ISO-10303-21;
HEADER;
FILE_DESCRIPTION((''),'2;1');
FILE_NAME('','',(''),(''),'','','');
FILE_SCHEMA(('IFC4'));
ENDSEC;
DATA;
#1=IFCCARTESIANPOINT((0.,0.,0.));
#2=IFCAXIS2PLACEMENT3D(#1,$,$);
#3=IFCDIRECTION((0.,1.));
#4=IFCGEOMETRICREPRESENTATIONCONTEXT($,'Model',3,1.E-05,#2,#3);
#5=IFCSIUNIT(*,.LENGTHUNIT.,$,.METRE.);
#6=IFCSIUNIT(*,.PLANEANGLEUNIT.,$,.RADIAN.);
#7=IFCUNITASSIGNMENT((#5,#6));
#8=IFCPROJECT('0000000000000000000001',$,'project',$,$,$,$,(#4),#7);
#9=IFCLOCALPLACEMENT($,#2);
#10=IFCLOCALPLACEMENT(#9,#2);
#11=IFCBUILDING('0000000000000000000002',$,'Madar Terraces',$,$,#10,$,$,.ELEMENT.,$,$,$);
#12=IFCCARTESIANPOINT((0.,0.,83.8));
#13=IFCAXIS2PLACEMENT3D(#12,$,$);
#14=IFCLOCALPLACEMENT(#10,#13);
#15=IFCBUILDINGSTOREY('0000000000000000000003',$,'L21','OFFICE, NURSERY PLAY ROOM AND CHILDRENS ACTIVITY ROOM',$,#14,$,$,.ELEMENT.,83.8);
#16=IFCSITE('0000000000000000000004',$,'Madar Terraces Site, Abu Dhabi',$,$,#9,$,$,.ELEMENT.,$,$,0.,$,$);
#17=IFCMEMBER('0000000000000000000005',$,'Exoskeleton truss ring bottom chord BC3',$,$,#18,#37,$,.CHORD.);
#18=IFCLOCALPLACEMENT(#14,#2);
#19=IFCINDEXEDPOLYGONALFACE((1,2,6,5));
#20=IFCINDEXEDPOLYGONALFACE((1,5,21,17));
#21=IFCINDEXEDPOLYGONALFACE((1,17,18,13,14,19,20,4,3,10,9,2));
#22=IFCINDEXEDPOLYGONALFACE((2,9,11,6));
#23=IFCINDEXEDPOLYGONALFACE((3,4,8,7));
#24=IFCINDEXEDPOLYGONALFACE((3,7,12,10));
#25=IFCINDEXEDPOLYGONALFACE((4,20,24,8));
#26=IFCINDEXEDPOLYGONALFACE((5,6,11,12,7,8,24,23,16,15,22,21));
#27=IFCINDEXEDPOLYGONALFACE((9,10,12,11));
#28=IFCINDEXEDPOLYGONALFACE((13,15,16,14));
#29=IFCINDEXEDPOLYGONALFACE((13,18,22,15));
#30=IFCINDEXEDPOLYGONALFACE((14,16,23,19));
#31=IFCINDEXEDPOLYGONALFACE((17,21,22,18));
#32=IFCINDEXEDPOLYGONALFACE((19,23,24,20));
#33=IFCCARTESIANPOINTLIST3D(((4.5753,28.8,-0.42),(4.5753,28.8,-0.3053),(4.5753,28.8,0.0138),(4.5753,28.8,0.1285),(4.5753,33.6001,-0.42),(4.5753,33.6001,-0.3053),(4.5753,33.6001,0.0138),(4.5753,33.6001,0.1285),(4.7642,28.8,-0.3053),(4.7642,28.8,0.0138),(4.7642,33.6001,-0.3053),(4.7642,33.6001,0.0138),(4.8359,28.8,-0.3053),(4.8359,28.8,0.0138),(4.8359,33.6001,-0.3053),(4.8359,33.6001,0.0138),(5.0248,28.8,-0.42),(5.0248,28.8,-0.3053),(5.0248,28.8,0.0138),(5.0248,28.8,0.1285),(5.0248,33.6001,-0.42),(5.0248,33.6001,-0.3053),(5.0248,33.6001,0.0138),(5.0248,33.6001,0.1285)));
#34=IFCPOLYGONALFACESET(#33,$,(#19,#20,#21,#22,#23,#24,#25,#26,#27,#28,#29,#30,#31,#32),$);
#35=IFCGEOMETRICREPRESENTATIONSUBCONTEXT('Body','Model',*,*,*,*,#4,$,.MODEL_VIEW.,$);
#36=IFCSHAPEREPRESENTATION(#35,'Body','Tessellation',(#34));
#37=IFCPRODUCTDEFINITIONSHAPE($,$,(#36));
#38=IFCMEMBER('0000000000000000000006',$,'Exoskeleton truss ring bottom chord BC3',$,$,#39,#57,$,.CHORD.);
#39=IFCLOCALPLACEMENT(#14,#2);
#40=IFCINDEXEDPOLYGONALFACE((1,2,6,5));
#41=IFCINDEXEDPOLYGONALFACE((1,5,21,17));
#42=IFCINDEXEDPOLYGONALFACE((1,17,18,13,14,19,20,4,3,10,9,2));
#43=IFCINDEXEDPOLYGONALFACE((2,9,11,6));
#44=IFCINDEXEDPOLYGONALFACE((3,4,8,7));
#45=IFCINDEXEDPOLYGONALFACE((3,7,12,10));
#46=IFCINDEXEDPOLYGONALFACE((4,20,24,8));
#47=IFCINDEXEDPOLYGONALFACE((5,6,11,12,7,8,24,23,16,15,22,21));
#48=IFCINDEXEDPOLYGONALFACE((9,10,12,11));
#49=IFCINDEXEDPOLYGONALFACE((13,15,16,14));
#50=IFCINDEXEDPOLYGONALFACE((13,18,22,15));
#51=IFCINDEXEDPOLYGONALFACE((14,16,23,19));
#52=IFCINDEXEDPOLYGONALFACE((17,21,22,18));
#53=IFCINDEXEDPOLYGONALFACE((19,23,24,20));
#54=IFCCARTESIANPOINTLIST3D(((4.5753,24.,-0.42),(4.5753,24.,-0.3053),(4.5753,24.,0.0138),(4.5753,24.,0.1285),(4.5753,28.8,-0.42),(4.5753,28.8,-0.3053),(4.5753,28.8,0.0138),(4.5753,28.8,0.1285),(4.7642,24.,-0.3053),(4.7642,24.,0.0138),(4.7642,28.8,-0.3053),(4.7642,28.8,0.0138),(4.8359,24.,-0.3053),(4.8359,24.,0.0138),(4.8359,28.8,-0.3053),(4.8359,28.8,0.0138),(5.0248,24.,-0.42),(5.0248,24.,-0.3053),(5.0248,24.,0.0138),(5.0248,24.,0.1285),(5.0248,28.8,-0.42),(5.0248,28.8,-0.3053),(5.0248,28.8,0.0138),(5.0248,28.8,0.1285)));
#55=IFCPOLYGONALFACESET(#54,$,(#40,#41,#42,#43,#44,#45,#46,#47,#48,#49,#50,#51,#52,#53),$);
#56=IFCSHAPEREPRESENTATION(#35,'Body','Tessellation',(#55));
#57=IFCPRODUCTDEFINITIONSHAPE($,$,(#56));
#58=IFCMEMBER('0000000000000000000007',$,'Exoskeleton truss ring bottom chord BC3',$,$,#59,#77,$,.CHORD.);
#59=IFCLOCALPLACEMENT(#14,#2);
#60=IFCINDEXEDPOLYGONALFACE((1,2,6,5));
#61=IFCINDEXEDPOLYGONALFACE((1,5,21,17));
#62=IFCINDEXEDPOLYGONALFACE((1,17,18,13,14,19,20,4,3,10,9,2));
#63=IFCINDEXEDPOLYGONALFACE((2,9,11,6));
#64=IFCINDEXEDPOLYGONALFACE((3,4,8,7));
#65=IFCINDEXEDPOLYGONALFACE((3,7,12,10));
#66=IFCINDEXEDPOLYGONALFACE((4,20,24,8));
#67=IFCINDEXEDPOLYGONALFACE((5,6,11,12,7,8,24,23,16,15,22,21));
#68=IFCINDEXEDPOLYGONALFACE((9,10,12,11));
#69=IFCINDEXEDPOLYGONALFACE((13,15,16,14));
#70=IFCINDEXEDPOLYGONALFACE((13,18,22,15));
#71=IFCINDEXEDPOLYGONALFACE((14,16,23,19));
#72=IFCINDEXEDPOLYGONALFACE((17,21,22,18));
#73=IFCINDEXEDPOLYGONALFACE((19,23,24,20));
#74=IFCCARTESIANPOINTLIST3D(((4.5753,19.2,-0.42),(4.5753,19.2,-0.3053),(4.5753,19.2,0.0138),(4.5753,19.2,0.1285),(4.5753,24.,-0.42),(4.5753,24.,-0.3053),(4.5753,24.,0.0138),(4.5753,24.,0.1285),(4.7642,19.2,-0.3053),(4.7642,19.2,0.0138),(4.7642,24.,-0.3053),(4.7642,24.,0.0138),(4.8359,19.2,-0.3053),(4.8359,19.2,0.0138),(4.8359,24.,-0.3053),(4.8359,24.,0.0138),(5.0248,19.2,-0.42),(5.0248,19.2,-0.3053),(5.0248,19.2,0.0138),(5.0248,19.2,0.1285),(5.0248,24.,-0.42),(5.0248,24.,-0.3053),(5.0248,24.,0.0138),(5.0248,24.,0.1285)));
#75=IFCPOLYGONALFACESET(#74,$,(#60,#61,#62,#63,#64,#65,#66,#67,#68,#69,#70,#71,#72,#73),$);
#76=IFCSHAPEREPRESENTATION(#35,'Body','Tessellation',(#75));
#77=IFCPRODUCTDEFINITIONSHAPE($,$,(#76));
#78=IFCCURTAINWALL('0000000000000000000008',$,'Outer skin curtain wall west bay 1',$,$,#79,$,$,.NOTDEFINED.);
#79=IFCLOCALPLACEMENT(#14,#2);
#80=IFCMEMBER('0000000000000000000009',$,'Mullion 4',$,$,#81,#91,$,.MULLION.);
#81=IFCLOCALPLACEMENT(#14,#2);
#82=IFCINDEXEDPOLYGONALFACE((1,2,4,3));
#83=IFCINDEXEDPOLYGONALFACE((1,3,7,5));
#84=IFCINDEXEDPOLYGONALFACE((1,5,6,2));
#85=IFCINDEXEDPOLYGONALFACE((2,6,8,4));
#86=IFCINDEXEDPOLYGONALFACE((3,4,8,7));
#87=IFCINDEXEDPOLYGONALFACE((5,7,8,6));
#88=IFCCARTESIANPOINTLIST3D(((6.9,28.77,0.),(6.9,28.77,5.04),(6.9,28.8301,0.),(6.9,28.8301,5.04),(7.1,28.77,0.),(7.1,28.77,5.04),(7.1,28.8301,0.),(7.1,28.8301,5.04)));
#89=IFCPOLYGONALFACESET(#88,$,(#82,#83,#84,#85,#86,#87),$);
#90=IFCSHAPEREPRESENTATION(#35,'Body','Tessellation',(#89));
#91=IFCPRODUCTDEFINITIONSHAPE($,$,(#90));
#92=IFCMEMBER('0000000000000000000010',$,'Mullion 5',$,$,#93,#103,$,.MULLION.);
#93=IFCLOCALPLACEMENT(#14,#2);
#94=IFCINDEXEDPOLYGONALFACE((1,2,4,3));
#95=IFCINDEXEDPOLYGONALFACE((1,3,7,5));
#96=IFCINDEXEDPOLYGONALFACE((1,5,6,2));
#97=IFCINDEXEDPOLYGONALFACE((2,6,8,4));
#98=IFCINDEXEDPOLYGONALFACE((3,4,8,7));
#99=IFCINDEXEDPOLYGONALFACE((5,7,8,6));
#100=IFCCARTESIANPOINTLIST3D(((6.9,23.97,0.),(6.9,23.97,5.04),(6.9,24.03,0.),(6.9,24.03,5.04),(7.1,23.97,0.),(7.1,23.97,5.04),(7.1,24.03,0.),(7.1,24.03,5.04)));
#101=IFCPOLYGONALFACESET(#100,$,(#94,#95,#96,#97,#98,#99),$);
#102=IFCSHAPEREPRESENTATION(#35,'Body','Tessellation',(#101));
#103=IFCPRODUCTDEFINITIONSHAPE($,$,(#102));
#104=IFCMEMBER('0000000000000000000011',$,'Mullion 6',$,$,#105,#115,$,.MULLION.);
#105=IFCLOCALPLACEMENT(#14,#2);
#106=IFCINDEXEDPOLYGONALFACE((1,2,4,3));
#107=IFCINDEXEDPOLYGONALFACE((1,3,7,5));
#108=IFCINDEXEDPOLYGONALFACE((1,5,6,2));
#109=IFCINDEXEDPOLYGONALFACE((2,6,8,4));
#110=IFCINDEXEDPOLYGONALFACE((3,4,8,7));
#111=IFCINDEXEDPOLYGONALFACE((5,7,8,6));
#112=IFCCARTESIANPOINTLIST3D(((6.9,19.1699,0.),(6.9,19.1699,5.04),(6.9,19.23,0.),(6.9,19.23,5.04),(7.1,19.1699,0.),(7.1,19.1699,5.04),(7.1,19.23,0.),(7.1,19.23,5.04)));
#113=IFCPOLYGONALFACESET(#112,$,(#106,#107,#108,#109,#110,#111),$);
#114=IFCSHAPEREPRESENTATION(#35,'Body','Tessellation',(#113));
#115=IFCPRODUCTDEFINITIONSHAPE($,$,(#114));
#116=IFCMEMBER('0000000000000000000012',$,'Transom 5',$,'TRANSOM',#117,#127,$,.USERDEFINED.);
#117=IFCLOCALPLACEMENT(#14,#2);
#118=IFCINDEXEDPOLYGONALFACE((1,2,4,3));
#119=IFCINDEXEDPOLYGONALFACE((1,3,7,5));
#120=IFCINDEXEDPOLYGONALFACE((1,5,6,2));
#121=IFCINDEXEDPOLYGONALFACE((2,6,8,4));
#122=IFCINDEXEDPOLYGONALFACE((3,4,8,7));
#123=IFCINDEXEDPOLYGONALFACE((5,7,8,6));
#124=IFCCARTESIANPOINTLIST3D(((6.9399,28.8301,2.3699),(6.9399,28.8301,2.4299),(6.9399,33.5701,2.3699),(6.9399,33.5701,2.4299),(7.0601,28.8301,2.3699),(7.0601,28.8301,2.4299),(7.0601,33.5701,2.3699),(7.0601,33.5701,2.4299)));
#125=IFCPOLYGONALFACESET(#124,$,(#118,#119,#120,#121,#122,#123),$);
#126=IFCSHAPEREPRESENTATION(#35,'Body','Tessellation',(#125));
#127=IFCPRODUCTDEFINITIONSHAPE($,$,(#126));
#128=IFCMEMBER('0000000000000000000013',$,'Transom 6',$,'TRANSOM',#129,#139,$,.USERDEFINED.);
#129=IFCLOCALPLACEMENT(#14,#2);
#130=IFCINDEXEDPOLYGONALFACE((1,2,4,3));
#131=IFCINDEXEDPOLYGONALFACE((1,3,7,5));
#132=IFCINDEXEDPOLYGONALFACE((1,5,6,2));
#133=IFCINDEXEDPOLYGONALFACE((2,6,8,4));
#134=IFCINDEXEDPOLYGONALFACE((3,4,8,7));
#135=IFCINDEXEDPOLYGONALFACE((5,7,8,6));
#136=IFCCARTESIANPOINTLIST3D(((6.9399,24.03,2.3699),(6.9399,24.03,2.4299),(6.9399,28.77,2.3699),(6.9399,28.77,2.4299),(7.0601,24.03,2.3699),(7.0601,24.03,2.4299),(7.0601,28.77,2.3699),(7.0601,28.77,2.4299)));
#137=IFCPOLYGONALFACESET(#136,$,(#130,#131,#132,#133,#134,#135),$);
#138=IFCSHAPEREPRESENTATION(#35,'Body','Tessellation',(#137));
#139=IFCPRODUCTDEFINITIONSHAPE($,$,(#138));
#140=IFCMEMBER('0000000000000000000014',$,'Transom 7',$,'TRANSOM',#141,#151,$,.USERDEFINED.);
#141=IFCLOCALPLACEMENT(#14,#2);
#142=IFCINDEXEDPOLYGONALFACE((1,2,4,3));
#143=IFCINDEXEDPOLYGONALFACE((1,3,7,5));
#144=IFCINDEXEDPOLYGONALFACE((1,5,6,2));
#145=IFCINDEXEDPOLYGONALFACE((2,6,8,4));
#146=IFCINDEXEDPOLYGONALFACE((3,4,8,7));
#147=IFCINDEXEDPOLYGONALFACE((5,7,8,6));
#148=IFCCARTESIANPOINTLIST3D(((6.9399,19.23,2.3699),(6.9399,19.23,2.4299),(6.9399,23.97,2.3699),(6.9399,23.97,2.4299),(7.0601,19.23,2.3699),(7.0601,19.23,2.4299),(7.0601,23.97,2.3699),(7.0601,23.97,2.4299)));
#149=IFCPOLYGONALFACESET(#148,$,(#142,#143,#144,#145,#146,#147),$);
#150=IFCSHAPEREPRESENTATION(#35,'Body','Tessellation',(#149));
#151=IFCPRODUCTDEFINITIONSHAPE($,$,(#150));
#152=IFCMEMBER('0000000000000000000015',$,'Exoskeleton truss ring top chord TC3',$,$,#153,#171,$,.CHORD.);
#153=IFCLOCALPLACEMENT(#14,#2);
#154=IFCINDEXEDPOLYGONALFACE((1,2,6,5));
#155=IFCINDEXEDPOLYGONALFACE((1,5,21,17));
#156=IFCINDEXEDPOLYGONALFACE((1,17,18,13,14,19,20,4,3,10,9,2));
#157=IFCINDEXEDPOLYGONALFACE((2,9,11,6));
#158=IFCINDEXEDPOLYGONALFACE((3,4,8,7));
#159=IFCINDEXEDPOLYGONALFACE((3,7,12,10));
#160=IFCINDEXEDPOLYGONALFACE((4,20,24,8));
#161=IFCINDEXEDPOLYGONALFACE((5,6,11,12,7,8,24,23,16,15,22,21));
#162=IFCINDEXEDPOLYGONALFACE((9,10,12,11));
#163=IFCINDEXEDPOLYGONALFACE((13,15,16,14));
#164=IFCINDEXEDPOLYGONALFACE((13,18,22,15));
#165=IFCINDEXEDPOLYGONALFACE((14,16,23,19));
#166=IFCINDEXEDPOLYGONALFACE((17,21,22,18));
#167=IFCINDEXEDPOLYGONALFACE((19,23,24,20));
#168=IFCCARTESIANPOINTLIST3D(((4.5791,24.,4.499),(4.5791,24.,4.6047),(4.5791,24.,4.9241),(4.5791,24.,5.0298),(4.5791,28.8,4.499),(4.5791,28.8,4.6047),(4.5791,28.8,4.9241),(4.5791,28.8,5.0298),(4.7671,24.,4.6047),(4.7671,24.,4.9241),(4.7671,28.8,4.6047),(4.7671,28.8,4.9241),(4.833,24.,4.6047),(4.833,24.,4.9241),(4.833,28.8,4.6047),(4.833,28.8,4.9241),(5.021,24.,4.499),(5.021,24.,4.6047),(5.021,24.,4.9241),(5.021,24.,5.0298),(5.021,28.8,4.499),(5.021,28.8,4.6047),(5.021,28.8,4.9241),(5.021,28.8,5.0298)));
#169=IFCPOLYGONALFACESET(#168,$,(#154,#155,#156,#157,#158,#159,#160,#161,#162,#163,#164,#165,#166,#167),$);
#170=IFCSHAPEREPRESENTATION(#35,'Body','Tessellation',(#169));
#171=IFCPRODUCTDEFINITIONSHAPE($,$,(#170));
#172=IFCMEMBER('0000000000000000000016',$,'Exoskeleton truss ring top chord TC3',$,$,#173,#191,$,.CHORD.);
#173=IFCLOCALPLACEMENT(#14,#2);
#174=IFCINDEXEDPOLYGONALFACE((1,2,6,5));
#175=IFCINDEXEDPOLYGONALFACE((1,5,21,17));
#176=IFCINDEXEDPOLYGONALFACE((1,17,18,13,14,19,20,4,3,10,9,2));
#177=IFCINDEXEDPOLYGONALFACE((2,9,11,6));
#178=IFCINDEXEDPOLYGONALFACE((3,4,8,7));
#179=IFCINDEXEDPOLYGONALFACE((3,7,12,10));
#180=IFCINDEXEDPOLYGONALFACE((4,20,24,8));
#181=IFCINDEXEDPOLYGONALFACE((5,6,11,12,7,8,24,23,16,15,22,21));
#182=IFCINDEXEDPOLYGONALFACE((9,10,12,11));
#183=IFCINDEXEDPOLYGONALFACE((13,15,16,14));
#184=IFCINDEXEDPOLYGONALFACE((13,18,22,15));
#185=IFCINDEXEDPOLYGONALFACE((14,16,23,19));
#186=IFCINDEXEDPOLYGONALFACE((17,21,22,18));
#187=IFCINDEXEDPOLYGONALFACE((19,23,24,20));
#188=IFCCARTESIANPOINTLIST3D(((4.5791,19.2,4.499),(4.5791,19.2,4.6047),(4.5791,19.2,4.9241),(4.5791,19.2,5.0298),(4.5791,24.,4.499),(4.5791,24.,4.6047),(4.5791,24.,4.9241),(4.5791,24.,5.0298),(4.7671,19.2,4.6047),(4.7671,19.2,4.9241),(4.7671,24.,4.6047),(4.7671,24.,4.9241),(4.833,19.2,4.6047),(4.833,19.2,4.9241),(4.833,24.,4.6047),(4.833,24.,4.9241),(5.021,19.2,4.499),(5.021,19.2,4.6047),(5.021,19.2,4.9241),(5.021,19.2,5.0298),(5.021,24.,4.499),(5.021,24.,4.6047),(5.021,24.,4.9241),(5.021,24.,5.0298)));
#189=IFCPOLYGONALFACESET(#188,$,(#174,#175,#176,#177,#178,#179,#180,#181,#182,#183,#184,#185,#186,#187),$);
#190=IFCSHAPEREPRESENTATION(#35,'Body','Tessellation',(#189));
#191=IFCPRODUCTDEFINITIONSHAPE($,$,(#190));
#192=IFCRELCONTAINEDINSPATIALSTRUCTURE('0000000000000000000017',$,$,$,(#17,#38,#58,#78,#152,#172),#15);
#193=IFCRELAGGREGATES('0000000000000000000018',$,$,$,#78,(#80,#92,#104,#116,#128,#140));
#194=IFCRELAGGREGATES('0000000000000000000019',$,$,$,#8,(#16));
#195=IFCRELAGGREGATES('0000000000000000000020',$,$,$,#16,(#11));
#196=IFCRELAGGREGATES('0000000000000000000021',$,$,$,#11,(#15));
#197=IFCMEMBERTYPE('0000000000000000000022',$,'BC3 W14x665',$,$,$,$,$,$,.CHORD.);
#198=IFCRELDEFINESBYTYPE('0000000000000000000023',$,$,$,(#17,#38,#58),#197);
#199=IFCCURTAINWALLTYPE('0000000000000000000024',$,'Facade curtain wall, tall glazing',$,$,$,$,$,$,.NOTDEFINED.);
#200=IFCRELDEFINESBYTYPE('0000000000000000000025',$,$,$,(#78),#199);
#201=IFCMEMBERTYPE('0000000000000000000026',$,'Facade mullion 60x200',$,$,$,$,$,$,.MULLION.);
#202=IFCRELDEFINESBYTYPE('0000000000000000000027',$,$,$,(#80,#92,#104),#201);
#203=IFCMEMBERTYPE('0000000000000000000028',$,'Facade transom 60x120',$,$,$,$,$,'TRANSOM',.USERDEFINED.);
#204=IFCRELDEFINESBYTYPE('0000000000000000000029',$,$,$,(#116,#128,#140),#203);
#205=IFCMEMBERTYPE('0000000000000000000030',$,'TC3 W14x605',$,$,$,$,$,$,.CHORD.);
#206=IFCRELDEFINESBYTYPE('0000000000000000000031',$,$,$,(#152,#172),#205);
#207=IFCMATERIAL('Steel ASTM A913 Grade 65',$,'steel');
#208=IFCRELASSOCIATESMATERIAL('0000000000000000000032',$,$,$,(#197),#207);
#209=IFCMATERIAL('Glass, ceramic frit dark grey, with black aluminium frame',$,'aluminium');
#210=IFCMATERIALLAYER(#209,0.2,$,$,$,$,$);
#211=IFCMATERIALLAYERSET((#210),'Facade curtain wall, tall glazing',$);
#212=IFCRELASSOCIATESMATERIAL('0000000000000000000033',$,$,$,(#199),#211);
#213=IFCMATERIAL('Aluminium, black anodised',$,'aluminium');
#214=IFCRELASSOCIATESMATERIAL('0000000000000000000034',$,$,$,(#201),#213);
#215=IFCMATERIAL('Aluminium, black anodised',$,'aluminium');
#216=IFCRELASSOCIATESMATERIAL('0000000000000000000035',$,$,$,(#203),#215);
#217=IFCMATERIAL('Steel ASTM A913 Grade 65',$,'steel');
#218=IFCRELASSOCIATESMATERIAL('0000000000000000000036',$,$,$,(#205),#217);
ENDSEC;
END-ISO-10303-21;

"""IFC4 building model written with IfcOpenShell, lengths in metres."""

from ifc_helpers import new_model, si_unit, direction, frame, origin, origin_2d, place, context, subcontext, project, spatial, rectangle, i_section, extrude, material, layer, layer_set, material_profile, profile_set, type_object, element, aggregate, save


model = new_model("IFC4")

# Units and contexts
model_context = context("Model", 3, precision=1e-05, world=origin(), true_north=direction((0.0, 1.0)))
body_context = subcontext(model_context, "Body", "Model", "MODEL_VIEW")
ifc_project = project(units=[si_unit("LENGTHUNIT", "METRE"), si_unit("PLANEANGLEUNIT", "RADIAN")], contexts=[model_context])

# Site, building, storey
site_placement = place(None, origin())
site = spatial("IfcSite", under=ifc_project, at=site_placement, Name="Madar Terraces Site, Abu Dhabi", CompositionType="ELEMENT", RefElevation=0.0)
building_placement = place(site_placement, origin())
building = spatial("IfcBuilding", under=site, at=building_placement, Name="Madar Terraces", CompositionType="ELEMENT")
storey_placement = place(building_placement, frame((0.0, 0.0, 83.8)))
storey = spatial("IfcBuildingStorey", under=building, at=storey_placement, Name="L21", Description="OFFICE, NURSERY PLAY ROOM AND CHILDRENS ACTIVITY ROOM", CompositionType="ELEMENT", Elevation=83.8)

# Members
ifc_material_1 = material(Name="Steel ASTM A913 Grade 65", Category="steel")
ifc_material_profile_1 = material_profile(ifc_material_1, i_section(OverallWidth=0.4495, OverallDepth=0.5486, WebThickness=0.0718, FlangeThickness=0.1147, at=origin_2d()), Name="W14x665")
ifc_profile_set_1 = profile_set([ifc_material_profile_1], Name="Steel ASTM A913 Grade 65")
member_type_1 = type_object("IfcMemberType", Name="BC3 W14x665", PredefinedType="CHORD", material=ifc_profile_set_1)
for number, where, z_axis, x_axis, name in (
    (1, (4.8, 33.6001, -0.1458), (0.0, -1.0, 0.0), (1.0, 0.0, 0.0), "Exoskeleton truss ring bottom chord BC3"),
    (2, (4.8, 28.8, -0.1458), (0.0, -1.0, 0.0), (1.0, 0.0, 0.0), "Exoskeleton truss ring bottom chord BC3"),
    (3, (4.8, 24.0, -0.1458), (0.0, -1.0, 0.0), (1.0, 0.0, 0.0), "Exoskeleton truss ring bottom chord BC3"),
):
    element("IfcMember", number, at=place(storey_placement, frame(where, z_axis=z_axis, x_axis=x_axis)), inside=storey, type_object=member_type_1, Name=name, PredefinedType="CHORD", context=body_context, shape_type="SweptSolid", body=[
        extrude(i_section(OverallWidth=0.4495, OverallDepth=0.5486, WebThickness=0.0718, FlangeThickness=0.1147, at=origin_2d()), origin(), (0.0, 0.0, 1.0), 4.8),
    ])

# Curtain wall, members
ifc_material_2 = material(Name="Glass, ceramic frit dark grey, with black aluminium frame", Category="aluminium")
ifc_layer_1 = layer(ifc_material_2, 0.2)
ifc_layer_set_1 = layer_set([ifc_layer_1], Name="Facade curtain wall, tall glazing")
curtain_wall_type = type_object("IfcCurtainWallType", Name="Facade curtain wall, tall glazing", PredefinedType="NOTDEFINED", material=ifc_layer_set_1)
curtain_wall_placement = place(storey_placement, origin())
curtain_wall = element("IfcCurtainWall", 4, at=curtain_wall_placement, inside=storey, type_object=curtain_wall_type, Name="Outer skin curtain wall west bay 1", PredefinedType="NOTDEFINED")
ifc_material_3 = material(Name="Aluminium, black anodised", Category="aluminium")
ifc_material_profile_2 = material_profile(ifc_material_3, rectangle(XDim=0.2, YDim=0.0601, at=origin_2d()), Name="Facade mullion 60x200")
ifc_profile_set_2 = profile_set([ifc_material_profile_2], Name="Aluminium, black anodised")
member_type_2 = type_object("IfcMemberType", Name="Facade mullion 60x200", PredefinedType="MULLION", material=ifc_profile_set_2)
member_1_placement = place(storey_placement, frame((7.0, 28.8, 0.0), z_axis=(0.0, 0.0, 1.0), x_axis=(1.0, 0.0, 0.0)))
member_1 = element("IfcMember", 5, at=member_1_placement, type_object=member_type_2, Name="Mullion 4", PredefinedType="MULLION", context=body_context, shape_type="SweptSolid", body=[
    extrude(rectangle(XDim=0.2, YDim=0.0601, at=origin_2d()), origin(), (0.0, 0.0, 1.0), 5.04),
])
member_2_placement = place(storey_placement, frame((7.0, 24.0, 0.0), z_axis=(0.0, 0.0, 1.0), x_axis=(1.0, 0.0, 0.0)))
member_2 = element("IfcMember", 6, at=member_2_placement, type_object=member_type_2, Name="Mullion 5", PredefinedType="MULLION", context=body_context, shape_type="SweptSolid", body=[
    extrude(rectangle(XDim=0.2, YDim=0.0601, at=origin_2d()), origin(), (0.0, 0.0, 1.0), 5.04),
])
member_3_placement = place(storey_placement, frame((7.0, 19.2, 0.0), z_axis=(0.0, 0.0, 1.0), x_axis=(1.0, 0.0, 0.0)))
member_3 = element("IfcMember", 7, at=member_3_placement, type_object=member_type_2, Name="Mullion 6", PredefinedType="MULLION", context=body_context, shape_type="SweptSolid", body=[
    extrude(rectangle(XDim=0.2, YDim=0.0601, at=origin_2d()), origin(), (0.0, 0.0, 1.0), 5.04),
])
ifc_material_4 = material(Name="Aluminium, black anodised", Category="aluminium")
ifc_material_profile_3 = material_profile(ifc_material_4, rectangle(XDim=0.1201, YDim=0.0601, at=origin_2d()), Name="Facade transom 60x120")
ifc_profile_set_3 = profile_set([ifc_material_profile_3], Name="Aluminium, black anodised")
member_type_3 = type_object("IfcMemberType", Name="Facade transom 60x120", ElementType="TRANSOM", PredefinedType="USERDEFINED", material=ifc_profile_set_3)
member_4_placement = place(storey_placement, frame((7.0, 33.5701, 2.3999), z_axis=(0.0, -1.0, 0.0), x_axis=(1.0, 0.0, 0.0)))
member_4 = element("IfcMember", 8, at=member_4_placement, type_object=member_type_3, Name="Transom 5", ObjectType="TRANSOM", PredefinedType="USERDEFINED", context=body_context, shape_type="SweptSolid", body=[
    extrude(rectangle(XDim=0.1201, YDim=0.0601, at=origin_2d()), origin(), (0.0, 0.0, 1.0), 4.74),
])
member_5_placement = place(storey_placement, frame((7.0, 28.77, 2.3999), z_axis=(0.0, -1.0, 0.0), x_axis=(1.0, 0.0, 0.0)))
member_5 = element("IfcMember", 9, at=member_5_placement, type_object=member_type_3, Name="Transom 6", ObjectType="TRANSOM", PredefinedType="USERDEFINED", context=body_context, shape_type="SweptSolid", body=[
    extrude(rectangle(XDim=0.1201, YDim=0.0601, at=origin_2d()), origin(), (0.0, 0.0, 1.0), 4.74),
])
member_6_placement = place(storey_placement, frame((7.0, 23.97, 2.3999), z_axis=(0.0, -1.0, 0.0), x_axis=(1.0, 0.0, 0.0)))
member_6 = element("IfcMember", 10, at=member_6_placement, type_object=member_type_3, Name="Transom 7", ObjectType="TRANSOM", PredefinedType="USERDEFINED", context=body_context, shape_type="SweptSolid", body=[
    extrude(rectangle(XDim=0.1201, YDim=0.0601, at=origin_2d()), origin(), (0.0, 0.0, 1.0), 4.74),
])

# Members
ifc_material_5 = material(Name="Steel ASTM A913 Grade 65", Category="steel")
ifc_material_profile_4 = material_profile(ifc_material_5, i_section(OverallWidth=0.4419, OverallDepth=0.5308, WebThickness=0.0659, FlangeThickness=0.1057, at=origin_2d()), Name="W14x605")
ifc_profile_set_4 = profile_set([ifc_material_profile_4], Name="Steel ASTM A913 Grade 65")
member_type_4 = type_object("IfcMemberType", Name="TC3 W14x605", PredefinedType="CHORD", material=ifc_profile_set_4)
for number, where, z_axis, x_axis, name in (
    (11, (4.8, 28.8, 4.7644), (0.0, -1.0, 0.0), (1.0, 0.0, 0.0), "Exoskeleton truss ring top chord TC3"),
    (12, (4.8, 24.0, 4.7644), (0.0, -1.0, 0.0), (1.0, 0.0, 0.0), "Exoskeleton truss ring top chord TC3"),
):
    element("IfcMember", number, at=place(storey_placement, frame(where, z_axis=z_axis, x_axis=x_axis)), inside=storey, type_object=member_type_4, Name=name, PredefinedType="CHORD", context=body_context, shape_type="SweptSolid", body=[
        extrude(i_section(OverallWidth=0.4419, OverallDepth=0.5308, WebThickness=0.0659, FlangeThickness=0.1057, at=origin_2d()), origin(), (0.0, 0.0, 1.0), 4.8),
    ])

aggregate(curtain_wall, [member_1, member_2, member_3, member_4, member_5, member_6])

save(model, "model.ifc")
